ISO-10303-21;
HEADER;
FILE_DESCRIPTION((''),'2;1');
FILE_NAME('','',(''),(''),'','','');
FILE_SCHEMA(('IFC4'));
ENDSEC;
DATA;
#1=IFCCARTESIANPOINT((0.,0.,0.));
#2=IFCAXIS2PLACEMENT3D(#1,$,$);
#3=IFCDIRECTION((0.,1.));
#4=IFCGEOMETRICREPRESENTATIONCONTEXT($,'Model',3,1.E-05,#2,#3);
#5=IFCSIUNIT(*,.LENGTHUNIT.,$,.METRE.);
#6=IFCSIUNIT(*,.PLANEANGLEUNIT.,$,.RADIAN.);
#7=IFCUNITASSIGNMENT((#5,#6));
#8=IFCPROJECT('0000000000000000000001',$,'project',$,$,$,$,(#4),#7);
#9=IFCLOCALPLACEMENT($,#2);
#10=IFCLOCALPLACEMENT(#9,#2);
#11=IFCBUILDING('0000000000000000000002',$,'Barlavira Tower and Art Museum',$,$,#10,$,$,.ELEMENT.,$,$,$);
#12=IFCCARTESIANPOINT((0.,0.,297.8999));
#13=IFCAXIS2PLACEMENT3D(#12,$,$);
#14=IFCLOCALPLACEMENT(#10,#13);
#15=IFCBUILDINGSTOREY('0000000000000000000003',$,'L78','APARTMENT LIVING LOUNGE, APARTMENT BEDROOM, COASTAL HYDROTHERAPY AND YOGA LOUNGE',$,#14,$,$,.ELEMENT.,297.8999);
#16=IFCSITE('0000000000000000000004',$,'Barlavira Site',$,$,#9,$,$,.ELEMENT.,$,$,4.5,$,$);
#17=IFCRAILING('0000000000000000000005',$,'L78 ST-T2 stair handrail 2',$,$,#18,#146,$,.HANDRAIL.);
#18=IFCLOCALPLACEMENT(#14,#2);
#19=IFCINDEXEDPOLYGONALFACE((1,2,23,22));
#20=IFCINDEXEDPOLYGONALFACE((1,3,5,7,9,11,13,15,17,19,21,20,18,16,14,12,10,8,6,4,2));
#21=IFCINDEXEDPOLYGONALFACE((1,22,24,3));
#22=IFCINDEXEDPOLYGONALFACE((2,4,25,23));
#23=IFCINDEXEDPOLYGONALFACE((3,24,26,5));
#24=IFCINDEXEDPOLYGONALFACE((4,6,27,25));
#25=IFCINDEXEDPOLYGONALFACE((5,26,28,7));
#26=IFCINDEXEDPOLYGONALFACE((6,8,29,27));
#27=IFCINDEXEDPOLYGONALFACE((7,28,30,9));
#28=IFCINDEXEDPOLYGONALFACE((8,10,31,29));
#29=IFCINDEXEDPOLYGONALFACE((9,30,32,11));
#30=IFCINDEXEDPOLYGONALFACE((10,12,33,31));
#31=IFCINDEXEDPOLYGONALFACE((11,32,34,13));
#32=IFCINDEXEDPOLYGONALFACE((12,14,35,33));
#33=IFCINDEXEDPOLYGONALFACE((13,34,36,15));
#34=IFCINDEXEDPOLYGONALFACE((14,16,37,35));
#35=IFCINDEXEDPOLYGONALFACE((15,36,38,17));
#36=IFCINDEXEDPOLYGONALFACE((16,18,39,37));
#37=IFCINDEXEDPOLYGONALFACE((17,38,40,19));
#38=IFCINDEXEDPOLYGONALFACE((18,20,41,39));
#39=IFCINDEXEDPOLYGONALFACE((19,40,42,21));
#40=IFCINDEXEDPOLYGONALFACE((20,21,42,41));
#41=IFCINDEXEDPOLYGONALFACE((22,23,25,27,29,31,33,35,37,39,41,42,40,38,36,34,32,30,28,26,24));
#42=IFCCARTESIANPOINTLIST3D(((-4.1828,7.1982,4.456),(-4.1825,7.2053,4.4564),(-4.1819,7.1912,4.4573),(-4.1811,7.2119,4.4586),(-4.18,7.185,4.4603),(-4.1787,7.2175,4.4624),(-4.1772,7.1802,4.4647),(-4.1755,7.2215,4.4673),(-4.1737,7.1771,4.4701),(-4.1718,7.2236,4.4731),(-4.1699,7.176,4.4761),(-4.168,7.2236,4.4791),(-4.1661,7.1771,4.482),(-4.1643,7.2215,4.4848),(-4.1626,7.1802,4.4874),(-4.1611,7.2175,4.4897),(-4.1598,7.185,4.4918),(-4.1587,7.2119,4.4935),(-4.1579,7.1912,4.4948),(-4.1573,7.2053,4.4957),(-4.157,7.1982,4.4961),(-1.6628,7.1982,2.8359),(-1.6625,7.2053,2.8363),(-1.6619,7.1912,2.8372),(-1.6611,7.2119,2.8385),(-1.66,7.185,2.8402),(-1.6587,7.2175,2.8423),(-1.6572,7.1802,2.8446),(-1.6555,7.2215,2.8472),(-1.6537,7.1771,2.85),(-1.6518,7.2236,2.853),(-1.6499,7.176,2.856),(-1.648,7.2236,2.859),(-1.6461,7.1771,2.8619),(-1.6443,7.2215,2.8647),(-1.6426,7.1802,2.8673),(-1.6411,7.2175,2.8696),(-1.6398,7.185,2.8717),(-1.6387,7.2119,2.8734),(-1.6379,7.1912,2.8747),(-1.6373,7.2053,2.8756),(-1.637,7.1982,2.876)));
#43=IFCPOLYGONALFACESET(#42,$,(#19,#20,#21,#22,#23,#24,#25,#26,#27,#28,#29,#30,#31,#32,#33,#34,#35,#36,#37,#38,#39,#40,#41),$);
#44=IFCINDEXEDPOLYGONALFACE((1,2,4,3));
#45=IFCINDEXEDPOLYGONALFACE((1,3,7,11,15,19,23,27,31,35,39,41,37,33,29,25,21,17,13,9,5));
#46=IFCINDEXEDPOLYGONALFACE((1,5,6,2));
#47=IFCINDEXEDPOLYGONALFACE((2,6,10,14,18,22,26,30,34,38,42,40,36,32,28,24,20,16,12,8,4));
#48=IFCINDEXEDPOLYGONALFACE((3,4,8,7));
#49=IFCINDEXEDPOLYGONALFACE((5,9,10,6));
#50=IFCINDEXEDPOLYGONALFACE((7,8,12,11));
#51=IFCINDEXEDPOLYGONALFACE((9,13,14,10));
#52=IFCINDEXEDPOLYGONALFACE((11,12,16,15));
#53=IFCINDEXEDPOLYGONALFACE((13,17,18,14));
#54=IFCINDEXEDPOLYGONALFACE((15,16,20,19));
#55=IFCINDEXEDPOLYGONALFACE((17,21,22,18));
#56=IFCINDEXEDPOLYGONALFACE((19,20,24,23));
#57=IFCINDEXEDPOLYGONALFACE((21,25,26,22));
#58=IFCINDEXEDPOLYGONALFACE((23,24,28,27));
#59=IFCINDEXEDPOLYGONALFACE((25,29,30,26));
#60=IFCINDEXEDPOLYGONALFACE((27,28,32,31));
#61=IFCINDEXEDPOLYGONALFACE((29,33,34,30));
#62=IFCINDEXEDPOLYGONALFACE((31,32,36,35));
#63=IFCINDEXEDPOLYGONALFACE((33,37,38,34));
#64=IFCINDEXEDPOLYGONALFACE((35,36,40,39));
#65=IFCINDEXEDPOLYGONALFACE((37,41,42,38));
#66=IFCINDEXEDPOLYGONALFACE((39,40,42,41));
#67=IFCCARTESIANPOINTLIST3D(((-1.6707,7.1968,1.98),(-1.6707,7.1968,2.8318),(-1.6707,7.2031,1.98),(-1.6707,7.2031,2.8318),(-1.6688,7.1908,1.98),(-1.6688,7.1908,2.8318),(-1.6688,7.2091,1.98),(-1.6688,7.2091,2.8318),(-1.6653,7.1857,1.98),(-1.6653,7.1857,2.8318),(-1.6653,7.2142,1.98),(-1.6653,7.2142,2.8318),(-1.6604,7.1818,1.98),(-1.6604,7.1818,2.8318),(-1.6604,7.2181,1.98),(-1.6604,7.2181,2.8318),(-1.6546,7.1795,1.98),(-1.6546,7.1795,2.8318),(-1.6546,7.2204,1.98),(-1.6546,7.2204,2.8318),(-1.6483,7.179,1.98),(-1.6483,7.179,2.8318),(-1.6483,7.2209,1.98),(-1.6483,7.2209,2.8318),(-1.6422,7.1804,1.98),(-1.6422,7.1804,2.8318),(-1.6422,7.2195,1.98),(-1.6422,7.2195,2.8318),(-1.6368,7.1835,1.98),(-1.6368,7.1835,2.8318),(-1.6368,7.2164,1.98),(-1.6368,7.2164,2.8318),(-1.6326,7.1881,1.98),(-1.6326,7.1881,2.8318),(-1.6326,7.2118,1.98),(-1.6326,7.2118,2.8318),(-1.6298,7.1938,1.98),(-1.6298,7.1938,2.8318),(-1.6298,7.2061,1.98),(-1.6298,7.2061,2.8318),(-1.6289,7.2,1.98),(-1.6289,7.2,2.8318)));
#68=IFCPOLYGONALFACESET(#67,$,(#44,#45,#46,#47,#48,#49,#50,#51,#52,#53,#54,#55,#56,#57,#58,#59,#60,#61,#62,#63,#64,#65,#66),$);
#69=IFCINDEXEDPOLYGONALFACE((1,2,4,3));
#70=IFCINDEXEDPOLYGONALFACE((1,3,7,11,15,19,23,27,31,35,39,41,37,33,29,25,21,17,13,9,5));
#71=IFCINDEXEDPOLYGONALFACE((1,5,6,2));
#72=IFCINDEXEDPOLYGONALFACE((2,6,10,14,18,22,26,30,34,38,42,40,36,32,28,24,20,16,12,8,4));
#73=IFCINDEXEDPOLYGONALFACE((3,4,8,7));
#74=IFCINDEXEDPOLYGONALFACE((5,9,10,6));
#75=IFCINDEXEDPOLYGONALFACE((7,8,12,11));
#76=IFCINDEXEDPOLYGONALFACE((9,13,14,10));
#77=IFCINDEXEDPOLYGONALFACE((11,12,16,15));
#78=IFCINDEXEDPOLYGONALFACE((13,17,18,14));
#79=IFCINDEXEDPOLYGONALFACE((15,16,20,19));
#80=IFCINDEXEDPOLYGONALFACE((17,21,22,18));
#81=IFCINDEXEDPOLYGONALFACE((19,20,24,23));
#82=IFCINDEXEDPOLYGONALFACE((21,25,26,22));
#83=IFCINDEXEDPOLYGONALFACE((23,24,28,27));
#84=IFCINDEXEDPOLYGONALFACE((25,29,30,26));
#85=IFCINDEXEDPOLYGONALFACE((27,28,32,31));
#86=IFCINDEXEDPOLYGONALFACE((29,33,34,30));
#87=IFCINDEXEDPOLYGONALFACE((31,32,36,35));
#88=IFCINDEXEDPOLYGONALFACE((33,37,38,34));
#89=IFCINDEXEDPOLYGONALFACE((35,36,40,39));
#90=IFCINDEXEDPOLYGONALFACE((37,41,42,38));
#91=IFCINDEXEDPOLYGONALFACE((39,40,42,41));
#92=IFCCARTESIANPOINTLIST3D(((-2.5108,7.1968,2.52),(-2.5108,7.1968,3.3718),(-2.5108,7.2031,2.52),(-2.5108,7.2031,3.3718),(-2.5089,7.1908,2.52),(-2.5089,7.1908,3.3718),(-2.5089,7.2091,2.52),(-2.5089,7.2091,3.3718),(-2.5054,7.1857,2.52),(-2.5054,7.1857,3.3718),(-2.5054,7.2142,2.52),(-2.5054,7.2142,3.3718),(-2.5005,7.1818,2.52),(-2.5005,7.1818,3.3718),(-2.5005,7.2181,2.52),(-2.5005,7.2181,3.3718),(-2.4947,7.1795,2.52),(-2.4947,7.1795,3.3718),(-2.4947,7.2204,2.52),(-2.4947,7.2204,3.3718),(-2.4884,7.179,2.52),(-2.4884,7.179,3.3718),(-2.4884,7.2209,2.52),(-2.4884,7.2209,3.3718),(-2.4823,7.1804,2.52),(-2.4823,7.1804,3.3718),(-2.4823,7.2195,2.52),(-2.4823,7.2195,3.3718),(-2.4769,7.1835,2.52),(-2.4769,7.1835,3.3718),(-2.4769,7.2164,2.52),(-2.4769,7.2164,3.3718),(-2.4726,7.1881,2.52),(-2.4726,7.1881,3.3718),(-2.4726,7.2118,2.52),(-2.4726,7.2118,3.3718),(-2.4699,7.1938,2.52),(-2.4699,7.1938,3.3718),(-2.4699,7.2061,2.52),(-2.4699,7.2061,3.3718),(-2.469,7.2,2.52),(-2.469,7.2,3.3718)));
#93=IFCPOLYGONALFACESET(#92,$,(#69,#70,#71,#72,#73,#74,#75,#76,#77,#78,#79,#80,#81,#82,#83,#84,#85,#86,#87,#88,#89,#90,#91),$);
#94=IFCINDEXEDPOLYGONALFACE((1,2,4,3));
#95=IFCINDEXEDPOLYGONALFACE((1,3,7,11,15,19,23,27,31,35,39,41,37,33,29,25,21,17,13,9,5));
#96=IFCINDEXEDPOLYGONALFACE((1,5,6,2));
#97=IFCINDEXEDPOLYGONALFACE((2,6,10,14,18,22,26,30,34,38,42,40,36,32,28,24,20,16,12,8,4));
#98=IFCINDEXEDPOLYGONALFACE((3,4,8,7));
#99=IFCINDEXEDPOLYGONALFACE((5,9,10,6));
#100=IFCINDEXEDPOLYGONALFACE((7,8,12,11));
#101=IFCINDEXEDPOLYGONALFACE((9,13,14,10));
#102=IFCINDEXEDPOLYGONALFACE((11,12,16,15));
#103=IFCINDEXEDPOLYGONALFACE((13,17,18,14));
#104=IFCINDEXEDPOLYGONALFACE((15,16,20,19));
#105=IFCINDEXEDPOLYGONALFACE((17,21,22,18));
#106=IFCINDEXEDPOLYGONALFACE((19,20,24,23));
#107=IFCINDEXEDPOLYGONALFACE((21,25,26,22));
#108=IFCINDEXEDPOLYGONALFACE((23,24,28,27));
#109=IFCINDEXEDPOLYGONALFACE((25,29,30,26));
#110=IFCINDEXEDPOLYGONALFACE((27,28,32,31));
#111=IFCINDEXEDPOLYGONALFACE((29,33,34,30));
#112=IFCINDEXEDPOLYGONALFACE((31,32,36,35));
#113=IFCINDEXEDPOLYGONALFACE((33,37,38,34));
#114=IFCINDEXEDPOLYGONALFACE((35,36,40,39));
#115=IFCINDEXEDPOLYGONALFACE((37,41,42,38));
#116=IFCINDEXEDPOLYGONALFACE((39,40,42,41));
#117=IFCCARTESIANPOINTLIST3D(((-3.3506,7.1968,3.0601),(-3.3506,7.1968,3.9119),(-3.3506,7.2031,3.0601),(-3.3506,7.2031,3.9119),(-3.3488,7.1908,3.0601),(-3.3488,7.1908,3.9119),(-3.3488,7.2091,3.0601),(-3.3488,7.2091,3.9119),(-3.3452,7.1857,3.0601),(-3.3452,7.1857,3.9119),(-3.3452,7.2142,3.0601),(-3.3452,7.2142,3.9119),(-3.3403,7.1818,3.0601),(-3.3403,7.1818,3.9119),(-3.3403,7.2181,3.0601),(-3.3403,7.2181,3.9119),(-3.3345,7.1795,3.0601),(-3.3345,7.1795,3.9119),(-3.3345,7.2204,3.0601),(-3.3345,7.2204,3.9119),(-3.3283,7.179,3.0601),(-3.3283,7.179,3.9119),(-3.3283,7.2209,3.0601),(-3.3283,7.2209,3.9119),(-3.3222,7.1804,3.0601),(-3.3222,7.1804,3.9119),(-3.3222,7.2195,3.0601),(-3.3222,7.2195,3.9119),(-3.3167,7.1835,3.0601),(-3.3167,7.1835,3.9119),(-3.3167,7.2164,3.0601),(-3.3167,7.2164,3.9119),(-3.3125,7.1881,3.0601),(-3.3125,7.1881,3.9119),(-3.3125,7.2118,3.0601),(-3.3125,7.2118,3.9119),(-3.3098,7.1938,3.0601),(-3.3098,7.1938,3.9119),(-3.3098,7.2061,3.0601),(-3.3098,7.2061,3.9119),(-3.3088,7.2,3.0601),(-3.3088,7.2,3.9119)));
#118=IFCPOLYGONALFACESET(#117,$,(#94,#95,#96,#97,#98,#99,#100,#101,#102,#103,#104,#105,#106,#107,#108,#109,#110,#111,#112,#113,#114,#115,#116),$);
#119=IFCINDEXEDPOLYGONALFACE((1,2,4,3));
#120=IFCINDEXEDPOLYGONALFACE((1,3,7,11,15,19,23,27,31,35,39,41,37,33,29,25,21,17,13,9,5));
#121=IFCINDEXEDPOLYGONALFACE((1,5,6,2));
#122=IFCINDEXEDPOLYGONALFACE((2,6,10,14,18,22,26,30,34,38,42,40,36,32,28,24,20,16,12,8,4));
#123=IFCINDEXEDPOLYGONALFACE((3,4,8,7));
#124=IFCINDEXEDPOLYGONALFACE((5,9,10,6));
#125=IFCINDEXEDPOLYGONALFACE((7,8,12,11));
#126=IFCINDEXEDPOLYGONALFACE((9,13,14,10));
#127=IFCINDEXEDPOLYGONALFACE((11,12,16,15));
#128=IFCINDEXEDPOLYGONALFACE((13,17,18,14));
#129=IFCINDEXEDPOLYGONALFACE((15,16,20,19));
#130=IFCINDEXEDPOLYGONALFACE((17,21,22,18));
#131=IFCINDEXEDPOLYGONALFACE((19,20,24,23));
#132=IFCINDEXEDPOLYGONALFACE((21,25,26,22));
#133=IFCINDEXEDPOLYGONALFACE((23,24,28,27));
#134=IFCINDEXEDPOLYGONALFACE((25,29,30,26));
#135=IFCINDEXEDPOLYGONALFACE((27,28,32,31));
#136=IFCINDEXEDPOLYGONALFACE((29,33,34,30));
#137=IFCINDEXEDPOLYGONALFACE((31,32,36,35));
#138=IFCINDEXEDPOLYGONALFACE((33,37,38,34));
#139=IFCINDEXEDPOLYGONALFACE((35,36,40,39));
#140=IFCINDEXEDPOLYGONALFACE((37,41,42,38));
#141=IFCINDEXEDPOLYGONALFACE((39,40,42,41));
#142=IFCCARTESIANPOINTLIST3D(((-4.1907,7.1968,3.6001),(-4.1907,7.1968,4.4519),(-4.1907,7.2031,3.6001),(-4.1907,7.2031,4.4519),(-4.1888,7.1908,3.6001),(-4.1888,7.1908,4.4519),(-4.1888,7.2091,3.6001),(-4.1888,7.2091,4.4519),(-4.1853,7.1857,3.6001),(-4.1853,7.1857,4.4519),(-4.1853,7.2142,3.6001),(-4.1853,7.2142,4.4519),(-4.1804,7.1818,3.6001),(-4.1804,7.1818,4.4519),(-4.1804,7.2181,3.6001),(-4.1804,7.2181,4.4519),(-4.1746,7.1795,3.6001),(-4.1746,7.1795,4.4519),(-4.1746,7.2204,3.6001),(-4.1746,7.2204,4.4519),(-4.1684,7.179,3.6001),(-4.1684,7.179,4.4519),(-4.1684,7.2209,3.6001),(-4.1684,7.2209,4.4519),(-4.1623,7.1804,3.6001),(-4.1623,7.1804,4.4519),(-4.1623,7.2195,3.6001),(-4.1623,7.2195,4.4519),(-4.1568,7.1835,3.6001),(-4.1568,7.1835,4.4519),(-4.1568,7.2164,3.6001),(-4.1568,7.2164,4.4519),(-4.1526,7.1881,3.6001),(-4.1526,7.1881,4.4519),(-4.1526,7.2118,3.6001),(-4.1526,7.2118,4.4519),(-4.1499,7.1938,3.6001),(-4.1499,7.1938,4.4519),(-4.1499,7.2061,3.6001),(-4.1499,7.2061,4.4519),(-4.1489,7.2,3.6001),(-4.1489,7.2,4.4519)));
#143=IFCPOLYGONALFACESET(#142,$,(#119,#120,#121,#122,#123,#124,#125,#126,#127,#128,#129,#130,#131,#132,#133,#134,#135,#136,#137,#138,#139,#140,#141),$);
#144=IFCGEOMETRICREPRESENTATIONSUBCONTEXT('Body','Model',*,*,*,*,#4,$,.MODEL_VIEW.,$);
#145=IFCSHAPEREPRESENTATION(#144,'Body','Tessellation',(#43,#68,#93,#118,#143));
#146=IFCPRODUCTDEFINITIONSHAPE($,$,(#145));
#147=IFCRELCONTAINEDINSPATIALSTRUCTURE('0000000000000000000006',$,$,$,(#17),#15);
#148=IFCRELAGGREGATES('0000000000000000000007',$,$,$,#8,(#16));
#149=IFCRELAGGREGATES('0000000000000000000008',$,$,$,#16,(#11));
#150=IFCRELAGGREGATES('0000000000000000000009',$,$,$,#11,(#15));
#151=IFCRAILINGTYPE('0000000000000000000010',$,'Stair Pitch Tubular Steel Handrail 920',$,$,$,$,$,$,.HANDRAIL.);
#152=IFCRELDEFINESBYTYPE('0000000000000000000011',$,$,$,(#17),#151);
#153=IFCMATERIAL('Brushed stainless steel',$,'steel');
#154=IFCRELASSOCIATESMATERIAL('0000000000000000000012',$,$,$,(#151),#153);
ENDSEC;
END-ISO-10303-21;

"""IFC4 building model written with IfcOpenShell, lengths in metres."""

from ifc_helpers import new_model, si_unit, direction, frame, origin, origin_2d, place, context, subcontext, project, spatial, circle, extrude, material, type_object, element, save


model = new_model("IFC4")

# Units and contexts
model_context = context("Model", 3, precision=1e-05, world=origin(), true_north=direction((0.0, 1.0)))
body_context = subcontext(model_context, "Body", "Model", "MODEL_VIEW")
ifc_project = project(units=[si_unit("LENGTHUNIT", "METRE"), si_unit("PLANEANGLEUNIT", "RADIAN")], contexts=[model_context])

# Site, building, storey
site_placement = place(None, origin())
site = spatial("IfcSite", under=ifc_project, at=site_placement, Name="Barlavira Site", CompositionType="ELEMENT", RefElevation=4.5)
building_placement = place(site_placement, origin())
building = spatial("IfcBuilding", under=site, at=building_placement, Name="Barlavira Tower and Art Museum", CompositionType="ELEMENT")
storey_placement = place(building_placement, frame((0.0, 0.0, 297.8999)))
storey = spatial("IfcBuildingStorey", under=building, at=storey_placement, Name="L78", Description="APARTMENT LIVING LOUNGE, APARTMENT BEDROOM, COASTAL HYDROTHERAPY AND YOGA LOUNGE", CompositionType="ELEMENT", Elevation=297.8999)

# Shared definitions
ifc_material_1 = material(Name="Brushed stainless steel", Category="steel")

# Railing
railing_type = type_object("IfcRailingType", Name="Stair Pitch Tubular Steel Handrail 920", PredefinedType="HANDRAIL", material=ifc_material_1)
railing_placement = place(storey_placement, frame((-1.6499, 7.2, 1.98)))
element("IfcRailing", 1, at=railing_placement, inside=storey, type_object=railing_type, Name="L78 ST-T2 stair handrail 2", PredefinedType="HANDRAIL", context=body_context, shape_type="SweptSolid", body=[
    extrude(circle(Radius=0.0239, at=origin_2d()), frame((0.0, 0.0, 0.876), z_axis=(-0.841163, 0.0, 0.540782), x_axis=(0.0, -1.0, 0.0)), (0.0, 0.0, 1.0), 2.9958),
    extrude(circle(Radius=0.021, at=origin_2d()), origin(), (0.0, 0.0, 1.0), 0.8518),
    extrude(circle(Radius=0.021, at=origin_2d()), frame((-0.8401, 0.0, 0.54)), (0.0, 0.0, 1.0), 0.8518),
    extrude(circle(Radius=0.021, at=origin_2d()), frame((-1.6799, 0.0, 1.0801)), (0.0, 0.0, 1.0), 0.8518),
    extrude(circle(Radius=0.021, at=origin_2d()), frame((-2.52, 0.0, 1.6201)), (0.0, 0.0, 1.0), 0.8518),
])

save(model, "model.ifc")
